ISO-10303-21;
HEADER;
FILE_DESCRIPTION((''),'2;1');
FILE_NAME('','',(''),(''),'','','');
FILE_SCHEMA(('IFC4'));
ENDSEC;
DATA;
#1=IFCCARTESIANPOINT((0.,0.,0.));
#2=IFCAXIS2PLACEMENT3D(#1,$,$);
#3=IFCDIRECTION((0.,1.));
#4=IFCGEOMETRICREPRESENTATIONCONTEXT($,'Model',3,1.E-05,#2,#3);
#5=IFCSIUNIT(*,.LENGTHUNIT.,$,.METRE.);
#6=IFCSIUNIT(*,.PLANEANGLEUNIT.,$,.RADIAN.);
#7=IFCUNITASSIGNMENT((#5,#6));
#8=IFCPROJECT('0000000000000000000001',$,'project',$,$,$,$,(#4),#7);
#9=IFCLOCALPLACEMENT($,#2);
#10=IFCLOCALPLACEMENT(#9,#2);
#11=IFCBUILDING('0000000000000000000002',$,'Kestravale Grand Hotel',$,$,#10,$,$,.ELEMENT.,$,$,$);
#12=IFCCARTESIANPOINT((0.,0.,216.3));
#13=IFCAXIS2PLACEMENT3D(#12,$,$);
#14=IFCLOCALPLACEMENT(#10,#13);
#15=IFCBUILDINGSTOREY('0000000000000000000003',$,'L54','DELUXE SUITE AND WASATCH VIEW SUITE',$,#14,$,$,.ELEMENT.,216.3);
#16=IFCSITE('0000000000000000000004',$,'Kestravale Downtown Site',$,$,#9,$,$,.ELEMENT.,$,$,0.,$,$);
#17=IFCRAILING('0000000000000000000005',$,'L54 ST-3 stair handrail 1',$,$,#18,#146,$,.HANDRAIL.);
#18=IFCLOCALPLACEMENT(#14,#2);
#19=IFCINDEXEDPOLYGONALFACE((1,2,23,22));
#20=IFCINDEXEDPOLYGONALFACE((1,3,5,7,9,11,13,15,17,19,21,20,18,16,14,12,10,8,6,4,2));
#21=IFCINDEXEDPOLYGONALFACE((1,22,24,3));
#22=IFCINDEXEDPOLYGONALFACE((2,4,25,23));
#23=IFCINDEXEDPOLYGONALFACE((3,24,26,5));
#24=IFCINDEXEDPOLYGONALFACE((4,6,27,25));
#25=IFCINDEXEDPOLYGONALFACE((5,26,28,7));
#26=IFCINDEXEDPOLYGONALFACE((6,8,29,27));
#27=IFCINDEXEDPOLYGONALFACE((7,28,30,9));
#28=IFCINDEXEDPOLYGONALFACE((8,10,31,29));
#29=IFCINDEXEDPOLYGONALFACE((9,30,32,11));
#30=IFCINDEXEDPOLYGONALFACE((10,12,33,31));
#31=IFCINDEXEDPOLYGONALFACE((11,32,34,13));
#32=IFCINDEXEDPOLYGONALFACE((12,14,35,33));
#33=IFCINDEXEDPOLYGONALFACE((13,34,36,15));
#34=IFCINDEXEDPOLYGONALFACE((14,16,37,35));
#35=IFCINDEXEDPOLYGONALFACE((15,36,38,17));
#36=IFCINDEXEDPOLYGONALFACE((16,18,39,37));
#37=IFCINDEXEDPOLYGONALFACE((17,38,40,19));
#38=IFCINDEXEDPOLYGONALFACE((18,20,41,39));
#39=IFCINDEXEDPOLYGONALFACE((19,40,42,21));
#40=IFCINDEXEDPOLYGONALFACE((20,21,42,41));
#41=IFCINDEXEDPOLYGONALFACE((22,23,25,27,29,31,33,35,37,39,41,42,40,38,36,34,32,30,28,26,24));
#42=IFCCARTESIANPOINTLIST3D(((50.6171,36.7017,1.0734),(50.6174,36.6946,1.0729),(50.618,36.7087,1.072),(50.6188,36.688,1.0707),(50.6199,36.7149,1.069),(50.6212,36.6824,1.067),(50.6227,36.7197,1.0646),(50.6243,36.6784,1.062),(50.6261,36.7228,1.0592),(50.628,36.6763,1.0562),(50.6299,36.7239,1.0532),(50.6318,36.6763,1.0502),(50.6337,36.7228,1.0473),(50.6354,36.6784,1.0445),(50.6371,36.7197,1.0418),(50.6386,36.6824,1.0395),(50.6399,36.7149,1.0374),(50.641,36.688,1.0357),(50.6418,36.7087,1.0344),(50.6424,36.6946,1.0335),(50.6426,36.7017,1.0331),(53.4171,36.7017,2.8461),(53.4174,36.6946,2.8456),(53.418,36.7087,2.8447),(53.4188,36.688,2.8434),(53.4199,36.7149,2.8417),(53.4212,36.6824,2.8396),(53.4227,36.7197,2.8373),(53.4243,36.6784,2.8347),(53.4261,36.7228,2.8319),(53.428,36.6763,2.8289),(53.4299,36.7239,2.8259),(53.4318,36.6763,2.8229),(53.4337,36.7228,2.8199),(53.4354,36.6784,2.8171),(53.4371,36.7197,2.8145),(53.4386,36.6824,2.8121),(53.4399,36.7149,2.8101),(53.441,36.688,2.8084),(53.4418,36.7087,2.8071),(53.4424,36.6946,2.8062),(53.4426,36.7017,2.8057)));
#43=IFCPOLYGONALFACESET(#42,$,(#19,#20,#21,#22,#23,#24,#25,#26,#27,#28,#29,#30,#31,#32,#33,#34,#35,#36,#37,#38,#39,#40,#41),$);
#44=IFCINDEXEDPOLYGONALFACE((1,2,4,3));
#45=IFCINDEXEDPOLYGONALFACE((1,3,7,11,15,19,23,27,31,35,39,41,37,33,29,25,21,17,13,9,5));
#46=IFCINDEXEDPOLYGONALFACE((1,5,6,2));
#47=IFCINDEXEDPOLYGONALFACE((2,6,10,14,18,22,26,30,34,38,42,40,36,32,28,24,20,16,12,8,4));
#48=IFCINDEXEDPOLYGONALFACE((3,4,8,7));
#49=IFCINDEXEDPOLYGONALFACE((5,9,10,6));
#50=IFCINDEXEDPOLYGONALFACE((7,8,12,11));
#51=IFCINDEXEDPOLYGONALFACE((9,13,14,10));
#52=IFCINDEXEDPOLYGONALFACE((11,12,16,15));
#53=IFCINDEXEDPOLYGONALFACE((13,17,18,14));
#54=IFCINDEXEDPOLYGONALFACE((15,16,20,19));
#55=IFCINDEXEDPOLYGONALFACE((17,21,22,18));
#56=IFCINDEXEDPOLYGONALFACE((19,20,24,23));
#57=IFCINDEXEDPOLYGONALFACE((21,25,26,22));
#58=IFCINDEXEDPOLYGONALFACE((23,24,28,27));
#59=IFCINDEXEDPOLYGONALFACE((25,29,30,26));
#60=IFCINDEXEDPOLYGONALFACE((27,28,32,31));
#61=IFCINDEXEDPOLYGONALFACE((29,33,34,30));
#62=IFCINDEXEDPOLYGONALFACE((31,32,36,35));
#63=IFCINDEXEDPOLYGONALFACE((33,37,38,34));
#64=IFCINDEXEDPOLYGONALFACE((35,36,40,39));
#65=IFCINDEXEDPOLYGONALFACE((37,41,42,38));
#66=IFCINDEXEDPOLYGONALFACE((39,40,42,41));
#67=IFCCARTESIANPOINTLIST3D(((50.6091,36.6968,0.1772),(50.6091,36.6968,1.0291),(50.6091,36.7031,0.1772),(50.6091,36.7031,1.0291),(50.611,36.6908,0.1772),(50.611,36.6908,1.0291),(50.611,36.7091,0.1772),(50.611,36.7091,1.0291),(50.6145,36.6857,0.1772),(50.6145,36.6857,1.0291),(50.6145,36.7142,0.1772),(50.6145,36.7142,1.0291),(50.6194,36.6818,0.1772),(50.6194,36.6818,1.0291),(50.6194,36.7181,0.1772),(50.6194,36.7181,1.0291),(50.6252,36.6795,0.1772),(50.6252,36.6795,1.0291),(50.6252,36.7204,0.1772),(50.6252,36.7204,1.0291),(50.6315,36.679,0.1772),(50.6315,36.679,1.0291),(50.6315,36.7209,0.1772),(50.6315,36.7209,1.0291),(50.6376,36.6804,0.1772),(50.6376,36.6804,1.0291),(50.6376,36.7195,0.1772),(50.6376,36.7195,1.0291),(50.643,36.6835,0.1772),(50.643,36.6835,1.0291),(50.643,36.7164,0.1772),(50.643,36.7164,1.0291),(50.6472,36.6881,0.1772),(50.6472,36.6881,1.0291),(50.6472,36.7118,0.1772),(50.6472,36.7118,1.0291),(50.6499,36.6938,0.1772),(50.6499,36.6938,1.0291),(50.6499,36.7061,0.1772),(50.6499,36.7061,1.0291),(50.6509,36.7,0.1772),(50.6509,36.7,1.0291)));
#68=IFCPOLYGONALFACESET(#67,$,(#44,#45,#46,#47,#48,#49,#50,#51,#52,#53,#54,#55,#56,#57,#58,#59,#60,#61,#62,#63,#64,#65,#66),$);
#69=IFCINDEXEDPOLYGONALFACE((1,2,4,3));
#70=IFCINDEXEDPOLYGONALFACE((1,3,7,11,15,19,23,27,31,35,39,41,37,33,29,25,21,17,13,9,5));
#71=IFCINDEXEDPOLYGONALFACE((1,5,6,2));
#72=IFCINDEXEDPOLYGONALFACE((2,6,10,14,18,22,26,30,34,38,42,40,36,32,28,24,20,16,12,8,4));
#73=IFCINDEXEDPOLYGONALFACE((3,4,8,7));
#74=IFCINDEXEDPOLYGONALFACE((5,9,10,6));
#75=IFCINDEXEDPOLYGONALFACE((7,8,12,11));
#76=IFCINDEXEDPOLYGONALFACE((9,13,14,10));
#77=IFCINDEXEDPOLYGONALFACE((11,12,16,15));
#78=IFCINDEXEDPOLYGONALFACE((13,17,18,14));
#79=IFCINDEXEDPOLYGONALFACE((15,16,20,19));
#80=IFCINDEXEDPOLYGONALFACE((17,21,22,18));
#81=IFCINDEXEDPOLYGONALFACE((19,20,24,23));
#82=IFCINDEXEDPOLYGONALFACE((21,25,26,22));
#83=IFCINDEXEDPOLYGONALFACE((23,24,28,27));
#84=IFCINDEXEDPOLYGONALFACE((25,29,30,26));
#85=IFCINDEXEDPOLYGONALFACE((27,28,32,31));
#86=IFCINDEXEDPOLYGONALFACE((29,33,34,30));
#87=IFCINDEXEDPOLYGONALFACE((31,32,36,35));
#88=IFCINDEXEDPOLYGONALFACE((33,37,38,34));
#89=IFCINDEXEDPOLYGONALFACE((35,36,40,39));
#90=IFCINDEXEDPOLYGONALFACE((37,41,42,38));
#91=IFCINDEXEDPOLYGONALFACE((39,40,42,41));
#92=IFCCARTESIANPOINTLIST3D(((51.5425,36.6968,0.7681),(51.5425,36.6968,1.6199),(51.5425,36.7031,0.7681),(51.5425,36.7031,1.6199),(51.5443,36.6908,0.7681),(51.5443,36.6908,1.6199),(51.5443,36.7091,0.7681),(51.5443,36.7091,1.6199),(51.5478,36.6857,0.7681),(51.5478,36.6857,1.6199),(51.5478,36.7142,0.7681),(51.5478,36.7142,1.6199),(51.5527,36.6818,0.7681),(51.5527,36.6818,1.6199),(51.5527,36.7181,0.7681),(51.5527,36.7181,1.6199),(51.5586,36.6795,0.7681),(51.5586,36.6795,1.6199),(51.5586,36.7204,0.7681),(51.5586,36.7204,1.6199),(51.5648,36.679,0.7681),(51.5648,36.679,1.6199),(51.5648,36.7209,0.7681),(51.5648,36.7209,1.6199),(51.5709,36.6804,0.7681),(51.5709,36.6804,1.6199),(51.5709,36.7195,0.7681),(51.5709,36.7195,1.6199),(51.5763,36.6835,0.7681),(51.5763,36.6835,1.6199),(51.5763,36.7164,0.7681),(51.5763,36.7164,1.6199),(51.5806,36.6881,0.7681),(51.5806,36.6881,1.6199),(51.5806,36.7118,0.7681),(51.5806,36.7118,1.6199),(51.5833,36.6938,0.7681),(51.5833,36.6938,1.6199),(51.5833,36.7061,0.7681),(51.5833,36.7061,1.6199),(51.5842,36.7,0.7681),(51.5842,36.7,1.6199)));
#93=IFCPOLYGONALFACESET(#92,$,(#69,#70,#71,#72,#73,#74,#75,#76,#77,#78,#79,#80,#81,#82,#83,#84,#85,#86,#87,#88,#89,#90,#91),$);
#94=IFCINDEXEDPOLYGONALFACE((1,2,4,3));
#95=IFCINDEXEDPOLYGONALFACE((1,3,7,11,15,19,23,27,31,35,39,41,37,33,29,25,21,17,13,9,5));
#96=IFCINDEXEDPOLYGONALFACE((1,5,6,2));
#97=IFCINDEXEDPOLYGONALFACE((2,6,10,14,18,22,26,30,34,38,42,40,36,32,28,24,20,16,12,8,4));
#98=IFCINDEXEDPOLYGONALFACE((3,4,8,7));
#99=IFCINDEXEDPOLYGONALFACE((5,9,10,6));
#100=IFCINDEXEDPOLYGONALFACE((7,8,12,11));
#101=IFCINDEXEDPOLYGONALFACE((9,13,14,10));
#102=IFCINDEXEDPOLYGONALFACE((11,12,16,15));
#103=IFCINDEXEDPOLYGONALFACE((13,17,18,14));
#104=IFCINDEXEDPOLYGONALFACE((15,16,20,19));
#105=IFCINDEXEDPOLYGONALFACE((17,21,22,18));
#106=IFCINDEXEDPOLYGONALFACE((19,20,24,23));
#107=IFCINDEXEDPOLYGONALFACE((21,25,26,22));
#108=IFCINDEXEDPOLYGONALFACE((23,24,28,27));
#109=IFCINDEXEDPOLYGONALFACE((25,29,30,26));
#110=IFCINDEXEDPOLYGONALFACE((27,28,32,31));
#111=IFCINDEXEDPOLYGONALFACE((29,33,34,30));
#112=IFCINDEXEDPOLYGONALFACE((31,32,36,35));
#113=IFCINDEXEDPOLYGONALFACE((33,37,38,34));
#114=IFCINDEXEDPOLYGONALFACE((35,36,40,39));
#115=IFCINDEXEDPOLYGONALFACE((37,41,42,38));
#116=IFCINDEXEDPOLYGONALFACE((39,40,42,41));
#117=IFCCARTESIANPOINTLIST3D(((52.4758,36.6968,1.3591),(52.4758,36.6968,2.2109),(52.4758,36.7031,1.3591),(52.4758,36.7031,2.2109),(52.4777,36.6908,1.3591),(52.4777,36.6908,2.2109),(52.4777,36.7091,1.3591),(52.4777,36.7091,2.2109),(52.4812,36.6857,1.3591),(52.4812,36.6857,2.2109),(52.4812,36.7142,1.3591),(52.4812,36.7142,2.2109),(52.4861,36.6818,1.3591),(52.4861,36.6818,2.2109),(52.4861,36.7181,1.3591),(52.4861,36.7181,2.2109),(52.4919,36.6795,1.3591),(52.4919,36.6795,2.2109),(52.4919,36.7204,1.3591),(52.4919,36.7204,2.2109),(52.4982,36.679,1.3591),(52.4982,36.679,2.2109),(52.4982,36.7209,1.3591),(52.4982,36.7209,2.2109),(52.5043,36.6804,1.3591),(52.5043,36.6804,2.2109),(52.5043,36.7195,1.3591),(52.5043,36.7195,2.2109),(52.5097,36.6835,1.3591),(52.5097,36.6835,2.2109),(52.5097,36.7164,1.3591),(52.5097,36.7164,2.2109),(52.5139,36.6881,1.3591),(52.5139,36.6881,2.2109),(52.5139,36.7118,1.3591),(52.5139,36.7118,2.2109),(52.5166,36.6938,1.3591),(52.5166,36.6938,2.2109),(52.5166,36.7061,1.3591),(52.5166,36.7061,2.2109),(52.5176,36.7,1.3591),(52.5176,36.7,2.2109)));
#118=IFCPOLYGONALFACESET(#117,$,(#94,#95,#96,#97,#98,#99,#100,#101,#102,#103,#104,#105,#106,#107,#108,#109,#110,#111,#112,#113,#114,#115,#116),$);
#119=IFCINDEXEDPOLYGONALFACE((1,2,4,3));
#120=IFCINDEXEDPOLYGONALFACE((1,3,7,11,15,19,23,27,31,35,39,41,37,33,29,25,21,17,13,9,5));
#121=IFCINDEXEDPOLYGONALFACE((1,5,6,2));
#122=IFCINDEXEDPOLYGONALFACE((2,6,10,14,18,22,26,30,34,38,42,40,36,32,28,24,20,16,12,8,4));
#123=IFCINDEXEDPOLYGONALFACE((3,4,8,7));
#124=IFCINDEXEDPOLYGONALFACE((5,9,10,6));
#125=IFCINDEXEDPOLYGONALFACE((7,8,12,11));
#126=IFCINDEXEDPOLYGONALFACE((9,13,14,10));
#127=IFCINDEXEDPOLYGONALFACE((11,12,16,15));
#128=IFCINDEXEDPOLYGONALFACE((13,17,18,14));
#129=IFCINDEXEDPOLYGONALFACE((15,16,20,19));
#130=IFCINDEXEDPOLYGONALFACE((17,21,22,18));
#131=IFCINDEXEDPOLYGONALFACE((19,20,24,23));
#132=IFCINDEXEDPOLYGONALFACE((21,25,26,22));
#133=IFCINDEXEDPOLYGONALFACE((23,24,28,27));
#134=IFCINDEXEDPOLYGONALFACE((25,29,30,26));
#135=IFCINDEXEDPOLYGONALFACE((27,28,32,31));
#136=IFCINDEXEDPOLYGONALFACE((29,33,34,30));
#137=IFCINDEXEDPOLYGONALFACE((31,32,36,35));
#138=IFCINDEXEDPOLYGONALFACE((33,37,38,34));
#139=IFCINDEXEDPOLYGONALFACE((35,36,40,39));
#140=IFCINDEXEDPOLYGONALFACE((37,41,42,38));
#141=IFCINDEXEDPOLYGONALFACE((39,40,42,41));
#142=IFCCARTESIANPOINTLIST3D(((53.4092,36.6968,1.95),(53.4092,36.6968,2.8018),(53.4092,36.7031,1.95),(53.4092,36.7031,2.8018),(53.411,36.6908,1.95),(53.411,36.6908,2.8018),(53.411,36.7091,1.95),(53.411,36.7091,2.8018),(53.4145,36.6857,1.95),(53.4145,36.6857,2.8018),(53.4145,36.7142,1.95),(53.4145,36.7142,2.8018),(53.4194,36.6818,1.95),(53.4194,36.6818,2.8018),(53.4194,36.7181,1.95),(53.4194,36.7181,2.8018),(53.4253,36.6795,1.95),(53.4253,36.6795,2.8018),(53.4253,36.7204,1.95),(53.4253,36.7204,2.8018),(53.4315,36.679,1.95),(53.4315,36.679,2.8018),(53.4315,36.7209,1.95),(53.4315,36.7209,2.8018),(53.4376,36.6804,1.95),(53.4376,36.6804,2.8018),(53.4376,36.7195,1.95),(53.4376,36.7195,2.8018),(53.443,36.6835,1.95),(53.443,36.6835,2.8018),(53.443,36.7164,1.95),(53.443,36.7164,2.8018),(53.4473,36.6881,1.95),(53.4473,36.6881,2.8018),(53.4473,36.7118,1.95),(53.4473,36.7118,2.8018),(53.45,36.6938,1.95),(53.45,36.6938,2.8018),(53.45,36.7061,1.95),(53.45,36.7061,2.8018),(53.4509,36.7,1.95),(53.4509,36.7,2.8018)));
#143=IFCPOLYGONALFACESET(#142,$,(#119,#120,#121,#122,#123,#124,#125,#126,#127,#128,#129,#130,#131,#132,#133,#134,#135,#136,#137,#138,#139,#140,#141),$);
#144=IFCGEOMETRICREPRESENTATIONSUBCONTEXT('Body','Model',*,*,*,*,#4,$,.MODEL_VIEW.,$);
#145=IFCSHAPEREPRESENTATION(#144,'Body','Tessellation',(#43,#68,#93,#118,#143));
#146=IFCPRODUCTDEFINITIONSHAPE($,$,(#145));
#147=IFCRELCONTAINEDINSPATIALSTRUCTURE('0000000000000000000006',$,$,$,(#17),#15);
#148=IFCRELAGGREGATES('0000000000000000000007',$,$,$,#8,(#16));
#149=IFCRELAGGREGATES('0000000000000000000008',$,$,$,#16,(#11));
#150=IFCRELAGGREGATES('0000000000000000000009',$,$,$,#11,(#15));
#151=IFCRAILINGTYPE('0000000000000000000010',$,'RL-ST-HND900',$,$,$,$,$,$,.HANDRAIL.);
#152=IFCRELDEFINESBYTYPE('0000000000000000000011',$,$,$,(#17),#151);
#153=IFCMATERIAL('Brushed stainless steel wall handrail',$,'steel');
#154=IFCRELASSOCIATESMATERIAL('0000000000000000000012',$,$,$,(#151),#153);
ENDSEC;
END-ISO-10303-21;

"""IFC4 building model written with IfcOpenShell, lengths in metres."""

from ifc_helpers import new_model, si_unit, direction, frame, origin, origin_2d, place, context, subcontext, project, spatial, circle, extrude, material, type_object, element, save


model = new_model("IFC4")

# Units and contexts
model_context = context("Model", 3, precision=1e-05, world=origin(), true_north=direction((0.0, 1.0)))
body_context = subcontext(model_context, "Body", "Model", "MODEL_VIEW")
ifc_project = project(units=[si_unit("LENGTHUNIT", "METRE"), si_unit("PLANEANGLEUNIT", "RADIAN")], contexts=[model_context])

# Site, building, storey
site_placement = place(None, origin())
site = spatial("IfcSite", under=ifc_project, at=site_placement, Name="Kestravale Downtown Site", CompositionType="ELEMENT", RefElevation=0.0)
building_placement = place(site_placement, origin())
building = spatial("IfcBuilding", under=site, at=building_placement, Name="Kestravale Grand Hotel", CompositionType="ELEMENT")
storey_placement = place(building_placement, frame((0.0, 0.0, 216.3)))
storey = spatial("IfcBuildingStorey", under=building, at=storey_placement, Name="L54", Description="DELUXE SUITE AND WASATCH VIEW SUITE", CompositionType="ELEMENT", Elevation=216.3)

# Railing
ifc_material_1 = material(Name="Brushed stainless steel wall handrail", Category="steel")
railing_type_1 = type_object("IfcRailingType", Name="RL-ST-HND900", PredefinedType="HANDRAIL", material=ifc_material_1)
railing_1_placement = place(storey_placement, frame((50.6299, 36.7, 0.1772)))
element("IfcRailing", 1, at=railing_1_placement, inside=storey, type_object=railing_type_1, Name="L54 ST-3 stair handrail 1", PredefinedType="HANDRAIL", context=body_context, shape_type="SweptSolid", body=[
    extrude(circle(Radius=0.0239, at=origin_2d()), frame((0.0, 0.0, 0.876), z_axis=(0.844909, 0.0, 0.53491), x_axis=(0.0, 1.0, 0.0)), (0.0, 0.0, 1.0), 3.314),
    extrude(circle(Radius=0.021, at=origin_2d()), origin(), (0.0, 0.0, 1.0), 0.8518),
    extrude(circle(Radius=0.021, at=origin_2d()), frame((0.9333, 0.0, 0.5908)), (0.0, 0.0, 1.0), 0.8518),
    extrude(circle(Radius=0.021, at=origin_2d()), frame((1.8667, 0.0, 1.1819)), (0.0, 0.0, 1.0), 0.8518),
    extrude(circle(Radius=0.021, at=origin_2d()), frame((2.8, 0.0, 1.7727)), (0.0, 0.0, 1.0), 0.8518),
])

save(model, "model.ifc")
